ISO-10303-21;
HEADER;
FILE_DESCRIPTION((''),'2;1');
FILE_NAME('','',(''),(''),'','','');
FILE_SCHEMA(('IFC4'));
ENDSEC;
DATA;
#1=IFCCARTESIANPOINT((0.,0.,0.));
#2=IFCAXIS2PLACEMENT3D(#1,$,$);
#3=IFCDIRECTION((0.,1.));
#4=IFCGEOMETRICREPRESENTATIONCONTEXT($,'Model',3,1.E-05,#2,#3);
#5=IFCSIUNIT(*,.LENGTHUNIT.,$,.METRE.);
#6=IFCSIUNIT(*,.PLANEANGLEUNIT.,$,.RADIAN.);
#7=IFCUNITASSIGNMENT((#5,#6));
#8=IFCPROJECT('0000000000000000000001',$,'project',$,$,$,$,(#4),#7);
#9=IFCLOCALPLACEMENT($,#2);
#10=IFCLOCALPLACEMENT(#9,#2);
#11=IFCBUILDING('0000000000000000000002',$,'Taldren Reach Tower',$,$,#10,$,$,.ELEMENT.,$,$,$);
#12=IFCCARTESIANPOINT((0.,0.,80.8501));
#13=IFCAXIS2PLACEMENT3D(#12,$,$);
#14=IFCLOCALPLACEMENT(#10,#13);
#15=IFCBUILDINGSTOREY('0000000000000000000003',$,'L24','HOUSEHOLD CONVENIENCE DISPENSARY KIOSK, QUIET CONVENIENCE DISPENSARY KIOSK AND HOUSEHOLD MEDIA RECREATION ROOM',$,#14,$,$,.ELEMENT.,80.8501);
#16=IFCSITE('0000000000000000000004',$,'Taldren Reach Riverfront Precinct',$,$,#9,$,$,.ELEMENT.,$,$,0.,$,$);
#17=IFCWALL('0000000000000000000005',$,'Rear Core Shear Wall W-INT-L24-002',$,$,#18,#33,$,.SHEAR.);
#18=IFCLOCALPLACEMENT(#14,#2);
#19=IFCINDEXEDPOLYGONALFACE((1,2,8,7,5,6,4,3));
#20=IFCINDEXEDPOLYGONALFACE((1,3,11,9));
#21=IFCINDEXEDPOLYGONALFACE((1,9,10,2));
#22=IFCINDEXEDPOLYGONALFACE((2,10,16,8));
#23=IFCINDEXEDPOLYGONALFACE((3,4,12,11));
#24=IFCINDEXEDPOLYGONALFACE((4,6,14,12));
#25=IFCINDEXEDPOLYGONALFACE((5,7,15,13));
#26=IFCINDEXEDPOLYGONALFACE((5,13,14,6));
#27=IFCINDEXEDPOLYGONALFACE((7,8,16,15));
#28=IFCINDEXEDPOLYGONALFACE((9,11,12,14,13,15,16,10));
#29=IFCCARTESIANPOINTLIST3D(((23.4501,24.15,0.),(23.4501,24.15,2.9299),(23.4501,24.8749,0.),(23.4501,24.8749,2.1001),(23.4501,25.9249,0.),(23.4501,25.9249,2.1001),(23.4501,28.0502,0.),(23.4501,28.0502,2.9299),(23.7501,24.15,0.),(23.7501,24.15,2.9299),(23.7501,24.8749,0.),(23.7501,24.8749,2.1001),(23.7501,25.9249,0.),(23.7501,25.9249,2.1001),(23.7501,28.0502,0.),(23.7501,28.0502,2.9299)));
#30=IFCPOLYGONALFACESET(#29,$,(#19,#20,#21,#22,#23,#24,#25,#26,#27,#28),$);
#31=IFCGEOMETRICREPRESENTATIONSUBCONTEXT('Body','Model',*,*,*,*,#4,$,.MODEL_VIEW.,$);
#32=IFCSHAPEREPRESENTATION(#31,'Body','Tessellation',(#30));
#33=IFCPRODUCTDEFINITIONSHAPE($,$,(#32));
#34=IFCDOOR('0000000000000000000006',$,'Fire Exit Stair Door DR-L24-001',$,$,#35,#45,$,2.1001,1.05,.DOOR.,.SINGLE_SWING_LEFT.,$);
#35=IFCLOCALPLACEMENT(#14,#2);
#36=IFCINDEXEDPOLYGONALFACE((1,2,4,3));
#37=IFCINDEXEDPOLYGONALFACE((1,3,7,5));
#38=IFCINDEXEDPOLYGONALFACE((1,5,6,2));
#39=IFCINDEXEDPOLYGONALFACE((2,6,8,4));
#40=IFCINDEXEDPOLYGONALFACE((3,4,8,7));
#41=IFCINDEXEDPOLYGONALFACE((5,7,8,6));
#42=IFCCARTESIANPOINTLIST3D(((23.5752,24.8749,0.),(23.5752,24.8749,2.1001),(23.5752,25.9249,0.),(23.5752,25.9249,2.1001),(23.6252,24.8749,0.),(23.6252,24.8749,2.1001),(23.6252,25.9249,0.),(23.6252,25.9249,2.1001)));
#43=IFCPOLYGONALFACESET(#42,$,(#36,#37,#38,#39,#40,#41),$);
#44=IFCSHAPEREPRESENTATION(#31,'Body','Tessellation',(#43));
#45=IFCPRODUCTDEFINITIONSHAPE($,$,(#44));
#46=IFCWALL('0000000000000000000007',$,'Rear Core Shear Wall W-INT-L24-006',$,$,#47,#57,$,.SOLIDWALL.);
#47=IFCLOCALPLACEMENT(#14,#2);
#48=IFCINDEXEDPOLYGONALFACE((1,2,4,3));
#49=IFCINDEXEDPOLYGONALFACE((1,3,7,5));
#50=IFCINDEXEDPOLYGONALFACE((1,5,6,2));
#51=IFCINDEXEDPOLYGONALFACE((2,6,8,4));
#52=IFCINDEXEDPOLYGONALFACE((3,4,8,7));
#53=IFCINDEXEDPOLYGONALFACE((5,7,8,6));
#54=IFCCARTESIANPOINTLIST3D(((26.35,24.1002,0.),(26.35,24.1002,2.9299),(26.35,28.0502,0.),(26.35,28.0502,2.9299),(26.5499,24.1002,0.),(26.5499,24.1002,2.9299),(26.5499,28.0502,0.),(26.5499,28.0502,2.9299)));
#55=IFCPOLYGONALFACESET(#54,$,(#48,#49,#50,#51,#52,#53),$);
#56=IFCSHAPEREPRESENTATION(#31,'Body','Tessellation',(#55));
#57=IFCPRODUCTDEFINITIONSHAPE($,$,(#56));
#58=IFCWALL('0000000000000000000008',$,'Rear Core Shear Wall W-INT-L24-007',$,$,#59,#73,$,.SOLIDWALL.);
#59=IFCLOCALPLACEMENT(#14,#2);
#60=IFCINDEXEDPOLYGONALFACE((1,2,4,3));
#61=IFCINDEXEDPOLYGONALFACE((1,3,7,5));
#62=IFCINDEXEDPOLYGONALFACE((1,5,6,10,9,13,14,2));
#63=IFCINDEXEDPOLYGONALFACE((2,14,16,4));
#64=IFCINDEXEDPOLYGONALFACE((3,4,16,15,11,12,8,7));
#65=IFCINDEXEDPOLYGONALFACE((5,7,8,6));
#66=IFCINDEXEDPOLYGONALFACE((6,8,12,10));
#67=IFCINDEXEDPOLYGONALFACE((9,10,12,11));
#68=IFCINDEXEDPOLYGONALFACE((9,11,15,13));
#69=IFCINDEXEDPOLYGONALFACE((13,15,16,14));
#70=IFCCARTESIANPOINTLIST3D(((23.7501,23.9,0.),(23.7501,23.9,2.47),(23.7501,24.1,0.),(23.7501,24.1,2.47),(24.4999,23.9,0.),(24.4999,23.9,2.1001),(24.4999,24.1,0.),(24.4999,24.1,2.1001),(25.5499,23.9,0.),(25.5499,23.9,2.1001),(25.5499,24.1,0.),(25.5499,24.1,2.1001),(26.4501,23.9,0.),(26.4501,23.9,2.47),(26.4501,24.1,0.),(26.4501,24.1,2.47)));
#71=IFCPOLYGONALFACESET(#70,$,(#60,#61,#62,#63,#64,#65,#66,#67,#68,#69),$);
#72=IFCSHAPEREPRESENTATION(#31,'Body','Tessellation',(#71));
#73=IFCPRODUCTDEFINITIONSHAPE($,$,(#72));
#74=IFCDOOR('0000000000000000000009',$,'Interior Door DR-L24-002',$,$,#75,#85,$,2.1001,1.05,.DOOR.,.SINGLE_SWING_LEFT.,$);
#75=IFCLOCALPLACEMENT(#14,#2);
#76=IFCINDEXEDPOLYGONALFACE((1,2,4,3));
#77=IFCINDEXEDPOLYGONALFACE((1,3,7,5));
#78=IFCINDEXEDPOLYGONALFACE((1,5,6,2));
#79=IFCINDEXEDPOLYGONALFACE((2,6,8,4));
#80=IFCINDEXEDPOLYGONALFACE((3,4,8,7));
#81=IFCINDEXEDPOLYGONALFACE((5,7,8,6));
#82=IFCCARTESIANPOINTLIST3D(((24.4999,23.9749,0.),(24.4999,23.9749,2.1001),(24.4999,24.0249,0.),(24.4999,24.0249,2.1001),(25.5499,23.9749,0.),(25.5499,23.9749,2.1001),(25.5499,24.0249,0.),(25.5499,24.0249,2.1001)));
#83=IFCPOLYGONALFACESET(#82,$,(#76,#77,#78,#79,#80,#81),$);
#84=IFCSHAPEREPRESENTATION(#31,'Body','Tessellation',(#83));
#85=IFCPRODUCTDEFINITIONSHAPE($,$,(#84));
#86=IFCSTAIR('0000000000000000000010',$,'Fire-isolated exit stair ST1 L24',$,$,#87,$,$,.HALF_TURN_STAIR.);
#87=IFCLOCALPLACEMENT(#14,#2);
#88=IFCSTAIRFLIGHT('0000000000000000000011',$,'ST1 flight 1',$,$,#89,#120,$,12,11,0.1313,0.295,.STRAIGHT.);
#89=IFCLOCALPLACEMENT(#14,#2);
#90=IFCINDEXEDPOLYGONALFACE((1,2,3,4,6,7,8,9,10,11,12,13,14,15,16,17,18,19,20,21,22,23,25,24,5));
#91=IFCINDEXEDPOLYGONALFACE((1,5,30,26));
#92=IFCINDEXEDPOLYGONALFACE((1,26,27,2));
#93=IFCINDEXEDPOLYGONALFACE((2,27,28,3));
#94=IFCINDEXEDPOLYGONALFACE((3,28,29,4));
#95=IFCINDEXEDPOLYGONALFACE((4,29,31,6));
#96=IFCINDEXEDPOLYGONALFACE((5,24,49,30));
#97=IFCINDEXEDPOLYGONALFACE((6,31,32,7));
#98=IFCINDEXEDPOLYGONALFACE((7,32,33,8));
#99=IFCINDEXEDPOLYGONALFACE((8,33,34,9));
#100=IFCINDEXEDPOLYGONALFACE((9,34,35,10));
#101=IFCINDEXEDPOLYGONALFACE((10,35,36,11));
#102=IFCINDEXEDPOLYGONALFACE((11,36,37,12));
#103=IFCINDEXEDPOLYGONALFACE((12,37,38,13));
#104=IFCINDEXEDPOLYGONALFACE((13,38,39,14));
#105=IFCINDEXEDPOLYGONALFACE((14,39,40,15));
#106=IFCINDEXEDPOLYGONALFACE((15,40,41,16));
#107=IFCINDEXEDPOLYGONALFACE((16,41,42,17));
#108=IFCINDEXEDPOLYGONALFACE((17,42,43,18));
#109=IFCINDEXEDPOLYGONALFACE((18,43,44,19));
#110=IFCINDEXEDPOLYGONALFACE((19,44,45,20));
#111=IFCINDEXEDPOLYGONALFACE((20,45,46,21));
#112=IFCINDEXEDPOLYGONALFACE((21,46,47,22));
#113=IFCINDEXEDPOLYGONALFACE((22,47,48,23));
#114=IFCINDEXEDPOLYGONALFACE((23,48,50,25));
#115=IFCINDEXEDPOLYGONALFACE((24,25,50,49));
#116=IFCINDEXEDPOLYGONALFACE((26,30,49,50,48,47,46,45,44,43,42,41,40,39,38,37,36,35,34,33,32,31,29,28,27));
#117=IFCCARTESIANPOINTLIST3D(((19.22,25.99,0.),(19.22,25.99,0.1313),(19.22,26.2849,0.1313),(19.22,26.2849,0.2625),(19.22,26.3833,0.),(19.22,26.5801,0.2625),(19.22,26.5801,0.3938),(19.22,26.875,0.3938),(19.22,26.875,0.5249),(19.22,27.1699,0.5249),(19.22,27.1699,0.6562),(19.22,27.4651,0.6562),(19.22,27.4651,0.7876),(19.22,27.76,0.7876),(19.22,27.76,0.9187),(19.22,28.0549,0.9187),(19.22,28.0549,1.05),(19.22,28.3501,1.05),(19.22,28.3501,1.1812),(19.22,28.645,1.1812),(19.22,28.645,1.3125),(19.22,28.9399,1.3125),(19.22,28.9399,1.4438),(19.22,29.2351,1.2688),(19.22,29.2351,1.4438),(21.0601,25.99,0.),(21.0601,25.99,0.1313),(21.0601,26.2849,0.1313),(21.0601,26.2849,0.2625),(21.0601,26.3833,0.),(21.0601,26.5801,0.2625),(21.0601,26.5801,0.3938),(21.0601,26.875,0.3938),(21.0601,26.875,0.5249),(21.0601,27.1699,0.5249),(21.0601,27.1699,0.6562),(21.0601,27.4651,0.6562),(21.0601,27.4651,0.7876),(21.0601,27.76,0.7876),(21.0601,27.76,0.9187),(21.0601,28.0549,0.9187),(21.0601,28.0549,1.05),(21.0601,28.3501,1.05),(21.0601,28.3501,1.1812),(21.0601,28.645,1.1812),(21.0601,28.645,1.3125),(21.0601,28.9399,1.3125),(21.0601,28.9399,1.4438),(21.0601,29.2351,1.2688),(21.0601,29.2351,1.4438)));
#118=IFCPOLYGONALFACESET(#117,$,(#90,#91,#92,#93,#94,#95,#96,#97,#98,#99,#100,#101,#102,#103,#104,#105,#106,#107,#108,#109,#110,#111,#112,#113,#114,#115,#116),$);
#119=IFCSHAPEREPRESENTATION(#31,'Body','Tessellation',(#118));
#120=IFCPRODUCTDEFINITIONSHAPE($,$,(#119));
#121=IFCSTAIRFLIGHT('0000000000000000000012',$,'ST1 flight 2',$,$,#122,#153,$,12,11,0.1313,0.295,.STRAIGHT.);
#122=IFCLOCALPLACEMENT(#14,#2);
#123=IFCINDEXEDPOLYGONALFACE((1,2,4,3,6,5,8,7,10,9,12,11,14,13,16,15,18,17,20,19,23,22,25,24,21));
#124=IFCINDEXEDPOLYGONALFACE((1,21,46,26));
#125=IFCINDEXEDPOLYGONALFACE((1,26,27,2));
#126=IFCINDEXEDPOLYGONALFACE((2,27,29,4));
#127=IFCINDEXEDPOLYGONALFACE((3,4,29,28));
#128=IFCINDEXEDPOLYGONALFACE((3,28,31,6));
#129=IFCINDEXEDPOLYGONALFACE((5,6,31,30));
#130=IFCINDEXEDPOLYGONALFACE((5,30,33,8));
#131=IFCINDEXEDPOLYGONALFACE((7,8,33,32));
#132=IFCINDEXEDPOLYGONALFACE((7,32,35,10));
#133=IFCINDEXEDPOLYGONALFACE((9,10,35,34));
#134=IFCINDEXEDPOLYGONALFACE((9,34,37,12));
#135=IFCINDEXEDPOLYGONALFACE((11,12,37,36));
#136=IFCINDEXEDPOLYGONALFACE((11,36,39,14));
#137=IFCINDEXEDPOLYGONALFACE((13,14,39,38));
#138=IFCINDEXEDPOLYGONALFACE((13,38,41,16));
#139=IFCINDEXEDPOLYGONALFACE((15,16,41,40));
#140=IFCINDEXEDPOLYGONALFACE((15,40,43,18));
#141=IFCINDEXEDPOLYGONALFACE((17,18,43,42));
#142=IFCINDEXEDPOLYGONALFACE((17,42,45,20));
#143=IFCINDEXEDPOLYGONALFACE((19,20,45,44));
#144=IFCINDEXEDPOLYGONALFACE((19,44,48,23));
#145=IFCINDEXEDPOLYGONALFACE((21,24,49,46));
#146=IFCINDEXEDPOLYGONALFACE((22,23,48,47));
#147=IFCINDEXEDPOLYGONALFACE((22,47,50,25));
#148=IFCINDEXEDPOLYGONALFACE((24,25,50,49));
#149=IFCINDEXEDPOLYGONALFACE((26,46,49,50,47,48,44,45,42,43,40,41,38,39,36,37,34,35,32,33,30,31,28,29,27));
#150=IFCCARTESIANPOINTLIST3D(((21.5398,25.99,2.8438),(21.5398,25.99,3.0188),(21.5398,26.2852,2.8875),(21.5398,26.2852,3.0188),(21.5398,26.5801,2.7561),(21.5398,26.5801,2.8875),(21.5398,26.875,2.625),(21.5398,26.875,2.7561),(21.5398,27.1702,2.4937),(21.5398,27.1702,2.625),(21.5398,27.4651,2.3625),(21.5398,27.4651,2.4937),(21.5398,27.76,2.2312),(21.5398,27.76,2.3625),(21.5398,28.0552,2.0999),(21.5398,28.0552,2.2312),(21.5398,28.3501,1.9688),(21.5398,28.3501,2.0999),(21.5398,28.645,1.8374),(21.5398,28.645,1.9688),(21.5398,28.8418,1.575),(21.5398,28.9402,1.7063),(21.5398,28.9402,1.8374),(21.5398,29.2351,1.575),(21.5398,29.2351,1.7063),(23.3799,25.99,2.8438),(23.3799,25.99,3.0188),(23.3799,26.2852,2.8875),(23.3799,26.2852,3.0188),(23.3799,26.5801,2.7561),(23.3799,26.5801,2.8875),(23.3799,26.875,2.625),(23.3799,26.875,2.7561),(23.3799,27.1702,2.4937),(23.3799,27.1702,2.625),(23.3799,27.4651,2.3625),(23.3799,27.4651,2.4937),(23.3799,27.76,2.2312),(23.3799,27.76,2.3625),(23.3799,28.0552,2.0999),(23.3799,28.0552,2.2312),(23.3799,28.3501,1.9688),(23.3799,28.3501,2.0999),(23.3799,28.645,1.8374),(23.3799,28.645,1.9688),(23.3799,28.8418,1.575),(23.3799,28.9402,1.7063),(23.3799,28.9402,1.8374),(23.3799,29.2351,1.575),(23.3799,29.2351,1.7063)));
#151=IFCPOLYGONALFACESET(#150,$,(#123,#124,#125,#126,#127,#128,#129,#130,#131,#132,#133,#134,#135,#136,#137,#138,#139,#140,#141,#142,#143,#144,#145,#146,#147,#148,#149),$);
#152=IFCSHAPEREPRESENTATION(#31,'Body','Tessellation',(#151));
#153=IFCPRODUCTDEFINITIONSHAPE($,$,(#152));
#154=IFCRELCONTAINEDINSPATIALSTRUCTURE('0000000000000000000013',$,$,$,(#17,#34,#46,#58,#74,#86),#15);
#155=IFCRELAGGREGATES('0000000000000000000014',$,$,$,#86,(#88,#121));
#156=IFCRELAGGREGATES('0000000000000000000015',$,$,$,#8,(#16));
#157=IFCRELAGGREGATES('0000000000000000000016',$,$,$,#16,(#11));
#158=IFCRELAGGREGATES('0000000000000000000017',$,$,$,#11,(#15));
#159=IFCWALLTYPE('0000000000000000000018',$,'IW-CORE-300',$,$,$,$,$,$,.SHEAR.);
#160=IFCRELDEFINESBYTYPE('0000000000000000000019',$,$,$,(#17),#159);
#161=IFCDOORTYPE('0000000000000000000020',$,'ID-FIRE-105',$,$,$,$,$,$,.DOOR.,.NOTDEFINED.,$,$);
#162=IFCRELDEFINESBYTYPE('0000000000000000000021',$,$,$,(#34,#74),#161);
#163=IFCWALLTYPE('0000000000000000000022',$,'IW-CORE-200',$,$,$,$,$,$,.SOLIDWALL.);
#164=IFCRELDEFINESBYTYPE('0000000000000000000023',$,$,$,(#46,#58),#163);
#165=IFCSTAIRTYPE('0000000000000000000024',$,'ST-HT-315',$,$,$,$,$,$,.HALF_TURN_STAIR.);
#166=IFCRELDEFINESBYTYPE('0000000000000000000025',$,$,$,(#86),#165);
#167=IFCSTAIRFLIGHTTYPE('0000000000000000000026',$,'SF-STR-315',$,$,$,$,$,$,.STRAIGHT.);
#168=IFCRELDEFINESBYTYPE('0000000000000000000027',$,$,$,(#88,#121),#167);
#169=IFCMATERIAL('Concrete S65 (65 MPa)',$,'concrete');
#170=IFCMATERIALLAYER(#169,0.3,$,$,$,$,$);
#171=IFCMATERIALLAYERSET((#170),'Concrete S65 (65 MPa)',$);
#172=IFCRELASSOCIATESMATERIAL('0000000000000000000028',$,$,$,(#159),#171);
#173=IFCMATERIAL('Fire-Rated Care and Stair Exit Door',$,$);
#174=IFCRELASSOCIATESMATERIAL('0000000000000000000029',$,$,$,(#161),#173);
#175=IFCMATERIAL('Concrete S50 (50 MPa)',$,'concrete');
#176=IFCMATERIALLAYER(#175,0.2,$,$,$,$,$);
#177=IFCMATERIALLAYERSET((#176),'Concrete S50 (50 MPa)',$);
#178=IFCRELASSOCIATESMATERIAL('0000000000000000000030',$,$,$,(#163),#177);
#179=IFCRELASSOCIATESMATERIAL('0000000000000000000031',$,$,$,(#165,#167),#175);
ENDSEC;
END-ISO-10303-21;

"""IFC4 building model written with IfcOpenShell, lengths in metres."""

from ifc_helpers import new_model, si_unit, direction, frame, frame_2d, origin, place, context, subcontext, project, spatial, polyline, rectangle, outline, extrude, source, transform, mapped, material, layer, layer_set, type_object, element, fill, aggregate, save


model = new_model("IFC4")

# Units and contexts
model_context = context("Model", 3, precision=1e-05, world=origin(), true_north=direction((0.0, 1.0)))
body_context = subcontext(model_context, "Body", "Model", "MODEL_VIEW")
ifc_project = project(units=[si_unit("LENGTHUNIT", "METRE"), si_unit("PLANEANGLEUNIT", "RADIAN")], contexts=[model_context])

# Site, building, storey
site_placement = place(None, origin())
site = spatial("IfcSite", under=ifc_project, at=site_placement, Name="Taldren Reach Riverfront Precinct", CompositionType="ELEMENT", RefElevation=0.0)
building_placement = place(site_placement, origin())
building = spatial("IfcBuilding", under=site, at=building_placement, Name="Taldren Reach Tower", CompositionType="ELEMENT")
storey_placement = place(building_placement, frame((0.0, 0.0, 80.8501)))
storey = spatial("IfcBuildingStorey", under=building, at=storey_placement, Name="L24", Description="HOUSEHOLD CONVENIENCE DISPENSARY KIOSK, QUIET CONVENIENCE DISPENSARY KIOSK AND HOUSEHOLD MEDIA RECREATION ROOM", CompositionType="ELEMENT", Elevation=80.8501)

# Shared definitions
ifc_material_1 = material(Name="Concrete S65 (65 MPa)", Category="concrete")

# Shared definitions
ifc_layer_1 = layer(ifc_material_1, 0.3)
ifc_layer_set_1 = layer_set([ifc_layer_1], Name="Concrete S65 (65 MPa)")
wall_type_1 = type_object("IfcWallType", Name="IW-CORE-300", PredefinedType="SHEAR", material=ifc_layer_set_1)

# Wall, opening, door
shared_shape_1 = source(origin(), body_context, "Body", "SweptSolid", [
    extrude(rectangle(XDim=3.9001, YDim=0.3, at=frame_2d((1.9502, 0.0))), origin(), (0.0, 0.0, 1.0), 2.9299),
])
wall_1_placement = place(storey_placement, frame((23.6001, 24.1499, 0.0), z_axis=(0.0, 0.0, 1.0), x_axis=(0.0, 1.0, 0.0)))
wall_1 = element("IfcWall", 1, at=wall_1_placement, inside=storey, type_object=wall_type_1, Name="Rear Core Shear Wall W-INT-L24-002", PredefinedType="SHEAR", context=body_context, shape_type="MappedRepresentation", body=[
    mapped(shared_shape_1, transform((0.0, 0.0, 0.0), scale=1.0)),
])
shared_shape_2 = source(origin(), body_context, "Body", "SweptSolid", [
    extrude(rectangle(XDim=1.05, YDim=2.1001, at=frame_2d((0.5249, 1.05))), frame((0.0, 0.1602, 0.0), z_axis=(0.0, -1.0, 0.0), x_axis=(1.0, 0.0, 0.0)), (0.0, 0.0, 1.0), 0.3201),
])
opening_1_placement = place(wall_1_placement, frame((0.7251, 0.0, 0.0)))
opening_1 = element("IfcOpeningElement", 2, at=opening_1_placement, cuts=wall_1, PredefinedType="OPENING", context=body_context, shape_type="MappedRepresentation", body=[
    mapped(shared_shape_2, transform((0.0, 0.0, 0.0), scale=1.0)),
])
ifc_material_2 = material(Name="Fire-Rated Care and Stair Exit Door")
door_type_1 = type_object("IfcDoorType", Name="ID-FIRE-105", OperationType="NOTDEFINED", PredefinedType="DOOR", material=ifc_material_2)
shared_shape_3 = source(origin(), body_context, "Body", "SweptSolid", [
    extrude(rectangle(XDim=1.05, YDim=2.1001, at=frame_2d((0.5249, 1.05))), frame((0.0, 0.0249, 0.0), z_axis=(0.0, -1.0, 0.0), x_axis=(1.0, 0.0, 0.0)), (0.0, 0.0, 1.0), 0.05),
])
door_1_placement = place(opening_1_placement, origin())
door_1 = element("IfcDoor", 3, at=door_1_placement, inside=storey, type_object=door_type_1, Name="Fire Exit Stair Door DR-L24-001", OperationType="SINGLE_SWING_LEFT", OverallHeight=2.1001, OverallWidth=1.05, PredefinedType="DOOR", context=body_context, shape_type="MappedRepresentation", body=[
    mapped(shared_shape_3, transform((0.0, 0.0, 0.0), scale=1.0)),
])
fill(opening_1, door_1)

# Wall
ifc_material_3 = material(Name="Concrete S50 (50 MPa)", Category="concrete")
ifc_layer_2 = layer(ifc_material_3, 0.2)
ifc_layer_set_2 = layer_set([ifc_layer_2], Name="Concrete S50 (50 MPa)")
wall_type_2 = type_object("IfcWallType", Name="IW-CORE-200", PredefinedType="SOLIDWALL", material=ifc_layer_set_2)
shared_shape_4 = source(origin(), body_context, "Body", "SweptSolid", [
    extrude(rectangle(XDim=3.95, YDim=0.2, at=frame_2d((1.9751, 0.0))), origin(), (0.0, 0.0, 1.0), 2.9299),
])
wall_2_placement = place(storey_placement, frame((26.45, 24.1001, 0.0), z_axis=(0.0, 0.0, 1.0), x_axis=(0.0, 1.0, 0.0)))
element("IfcWall", 4, at=wall_2_placement, inside=storey, type_object=wall_type_2, Name="Rear Core Shear Wall W-INT-L24-006", PredefinedType="SOLIDWALL", context=body_context, shape_type="MappedRepresentation", body=[
    mapped(shared_shape_4, transform((0.0, 0.0, 0.0), scale=1.0)),
])

# Wall, opening, door
shared_shape_5 = source(origin(), body_context, "Body", "SweptSolid", [
    extrude(rectangle(XDim=2.7, YDim=0.2, at=frame_2d((1.3501, 0.0))), origin(), (0.0, 0.0, 1.0), 2.47),
])
wall_3_placement = place(storey_placement, frame((23.75, 24.0, 0.0), z_axis=(0.0, 0.0, 1.0), x_axis=(1.0, 0.0, 0.0)))
wall_3 = element("IfcWall", 5, at=wall_3_placement, inside=storey, type_object=wall_type_2, Name="Rear Core Shear Wall W-INT-L24-007", PredefinedType="SOLIDWALL", context=body_context, shape_type="MappedRepresentation", body=[
    mapped(shared_shape_5, transform((0.0, 0.0, 0.0), scale=1.0)),
])
shared_shape_6 = source(origin(), body_context, "Body", "SweptSolid", [
    extrude(rectangle(XDim=1.05, YDim=2.1001, at=frame_2d((0.5249, 1.05))), frame((0.0, 0.1099, 0.0), z_axis=(0.0, -1.0, 0.0), x_axis=(1.0, 0.0, 0.0)), (0.0, 0.0, 1.0), 0.22),
])
opening_2_placement = place(wall_3_placement, frame((0.75, 0.0, 0.0)))
opening_2 = element("IfcOpeningElement", 6, at=opening_2_placement, cuts=wall_3, PredefinedType="OPENING", context=body_context, shape_type="MappedRepresentation", body=[
    mapped(shared_shape_6, transform((0.0, 0.0, 0.0), scale=1.0)),
])
door_2_placement = place(opening_2_placement, origin())
door_2 = element("IfcDoor", 7, at=door_2_placement, inside=storey, type_object=door_type_1, Name="Interior Door DR-L24-002", OperationType="SINGLE_SWING_LEFT", OverallHeight=2.1001, OverallWidth=1.05, PredefinedType="DOOR", context=body_context, shape_type="MappedRepresentation", body=[
    mapped(shared_shape_3, transform((0.0, 0.0, 0.0), scale=1.0)),
])
fill(opening_2, door_2)

# Stair, stair flights
stair_type = type_object("IfcStairType", Name="ST-HT-315", PredefinedType="HALF_TURN_STAIR", material=ifc_material_3)
stair_placement = place(storey_placement, origin())
stair = element("IfcStair", 8, at=stair_placement, inside=storey, type_object=stair_type, Name="Fire-isolated exit stair ST1 L24", PredefinedType="HALF_TURN_STAIR")
stair_flight_type = type_object("IfcStairFlightType", Name="SF-STR-315", PredefinedType="STRAIGHT", material=ifc_material_3)
stair_flight_1_placement = place(storey_placement, frame((20.1399, 25.99, 0.0), z_axis=(0.0, 0.0, 1.0), x_axis=(0.0, 1.0, 0.0)))
stair_flight_1 = element("IfcStairFlight", 9, at=stair_flight_1_placement, type_object=stair_flight_type, Name="ST1 flight 1", NumberOfRisers=12, NumberOfTreads=11, PredefinedType="STRAIGHT", RiserHeight=0.1313, TreadLength=0.295, context=body_context, shape_type="SweptSolid", body=[
    extrude(outline(polyline([(0.0, 0.0), (0.0, 0.1313), (0.2949, 0.1313), (0.2949, 0.2625), (0.5901, 0.2625), (0.5901, 0.3938), (0.885, 0.3938), (0.885, 0.5249), (1.1799, 0.5249), (1.1799, 0.6562), (1.4751, 0.6562), (1.4751, 0.7876), (1.77, 0.7876), (1.77, 0.9187), (2.0649, 0.9187), (2.0649, 1.05), (2.3601, 1.05), (2.3601, 1.1812), (2.655, 1.1812), (2.655, 1.3125), (2.95, 1.3125), (2.95, 1.4438), (3.2451, 1.4438), (3.2451, 1.575), (3.2451, 1.2688), (0.3933, 0.0), (0.0, 0.0)])), frame((0.0, 0.9199, 0.0), z_axis=(0.0, -1.0, 0.0), x_axis=(1.0, 0.0, 0.0)), (0.0, 0.0, 1.0), 1.8401),
])
stair_flight_2_placement = place(storey_placement, frame((22.46, 29.2351, 1.575), z_axis=(0.0, 0.0, 1.0), x_axis=(0.0, -1.0, 0.0)))
stair_flight_2 = element("IfcStairFlight", 10, at=stair_flight_2_placement, type_object=stair_flight_type, Name="ST1 flight 2", NumberOfRisers=12, NumberOfTreads=11, PredefinedType="STRAIGHT", RiserHeight=0.1313, TreadLength=0.295, context=body_context, shape_type="SweptSolid", body=[
    extrude(outline(polyline([(0.0, 0.0), (0.0, 0.1313), (0.2949, 0.1313), (0.2949, 0.2625), (0.5901, 0.2625), (0.5901, 0.3938), (0.885, 0.3938), (0.885, 0.5249), (1.1799, 0.5249), (1.1799, 0.6562), (1.4751, 0.6562), (1.4751, 0.7876), (1.77, 0.7876), (1.77, 0.9187), (2.0649, 0.9187), (2.0649, 1.05), (2.3601, 1.05), (2.3601, 1.1812), (2.655, 1.1812), (2.655, 1.3125), (2.95, 1.3125), (2.95, 1.4438), (3.2451, 1.4438), (3.2451, 1.575), (3.2451, 1.2688), (0.3933, 0.0), (0.0, 0.0)])), frame((0.0, 0.9199, 0.0), z_axis=(0.0, -1.0, 0.0), x_axis=(1.0, 0.0, 0.0)), (0.0, 0.0, 1.0), 1.8401),
])
aggregate(stair, [stair_flight_1, stair_flight_2])

save(model, "model.ifc")
